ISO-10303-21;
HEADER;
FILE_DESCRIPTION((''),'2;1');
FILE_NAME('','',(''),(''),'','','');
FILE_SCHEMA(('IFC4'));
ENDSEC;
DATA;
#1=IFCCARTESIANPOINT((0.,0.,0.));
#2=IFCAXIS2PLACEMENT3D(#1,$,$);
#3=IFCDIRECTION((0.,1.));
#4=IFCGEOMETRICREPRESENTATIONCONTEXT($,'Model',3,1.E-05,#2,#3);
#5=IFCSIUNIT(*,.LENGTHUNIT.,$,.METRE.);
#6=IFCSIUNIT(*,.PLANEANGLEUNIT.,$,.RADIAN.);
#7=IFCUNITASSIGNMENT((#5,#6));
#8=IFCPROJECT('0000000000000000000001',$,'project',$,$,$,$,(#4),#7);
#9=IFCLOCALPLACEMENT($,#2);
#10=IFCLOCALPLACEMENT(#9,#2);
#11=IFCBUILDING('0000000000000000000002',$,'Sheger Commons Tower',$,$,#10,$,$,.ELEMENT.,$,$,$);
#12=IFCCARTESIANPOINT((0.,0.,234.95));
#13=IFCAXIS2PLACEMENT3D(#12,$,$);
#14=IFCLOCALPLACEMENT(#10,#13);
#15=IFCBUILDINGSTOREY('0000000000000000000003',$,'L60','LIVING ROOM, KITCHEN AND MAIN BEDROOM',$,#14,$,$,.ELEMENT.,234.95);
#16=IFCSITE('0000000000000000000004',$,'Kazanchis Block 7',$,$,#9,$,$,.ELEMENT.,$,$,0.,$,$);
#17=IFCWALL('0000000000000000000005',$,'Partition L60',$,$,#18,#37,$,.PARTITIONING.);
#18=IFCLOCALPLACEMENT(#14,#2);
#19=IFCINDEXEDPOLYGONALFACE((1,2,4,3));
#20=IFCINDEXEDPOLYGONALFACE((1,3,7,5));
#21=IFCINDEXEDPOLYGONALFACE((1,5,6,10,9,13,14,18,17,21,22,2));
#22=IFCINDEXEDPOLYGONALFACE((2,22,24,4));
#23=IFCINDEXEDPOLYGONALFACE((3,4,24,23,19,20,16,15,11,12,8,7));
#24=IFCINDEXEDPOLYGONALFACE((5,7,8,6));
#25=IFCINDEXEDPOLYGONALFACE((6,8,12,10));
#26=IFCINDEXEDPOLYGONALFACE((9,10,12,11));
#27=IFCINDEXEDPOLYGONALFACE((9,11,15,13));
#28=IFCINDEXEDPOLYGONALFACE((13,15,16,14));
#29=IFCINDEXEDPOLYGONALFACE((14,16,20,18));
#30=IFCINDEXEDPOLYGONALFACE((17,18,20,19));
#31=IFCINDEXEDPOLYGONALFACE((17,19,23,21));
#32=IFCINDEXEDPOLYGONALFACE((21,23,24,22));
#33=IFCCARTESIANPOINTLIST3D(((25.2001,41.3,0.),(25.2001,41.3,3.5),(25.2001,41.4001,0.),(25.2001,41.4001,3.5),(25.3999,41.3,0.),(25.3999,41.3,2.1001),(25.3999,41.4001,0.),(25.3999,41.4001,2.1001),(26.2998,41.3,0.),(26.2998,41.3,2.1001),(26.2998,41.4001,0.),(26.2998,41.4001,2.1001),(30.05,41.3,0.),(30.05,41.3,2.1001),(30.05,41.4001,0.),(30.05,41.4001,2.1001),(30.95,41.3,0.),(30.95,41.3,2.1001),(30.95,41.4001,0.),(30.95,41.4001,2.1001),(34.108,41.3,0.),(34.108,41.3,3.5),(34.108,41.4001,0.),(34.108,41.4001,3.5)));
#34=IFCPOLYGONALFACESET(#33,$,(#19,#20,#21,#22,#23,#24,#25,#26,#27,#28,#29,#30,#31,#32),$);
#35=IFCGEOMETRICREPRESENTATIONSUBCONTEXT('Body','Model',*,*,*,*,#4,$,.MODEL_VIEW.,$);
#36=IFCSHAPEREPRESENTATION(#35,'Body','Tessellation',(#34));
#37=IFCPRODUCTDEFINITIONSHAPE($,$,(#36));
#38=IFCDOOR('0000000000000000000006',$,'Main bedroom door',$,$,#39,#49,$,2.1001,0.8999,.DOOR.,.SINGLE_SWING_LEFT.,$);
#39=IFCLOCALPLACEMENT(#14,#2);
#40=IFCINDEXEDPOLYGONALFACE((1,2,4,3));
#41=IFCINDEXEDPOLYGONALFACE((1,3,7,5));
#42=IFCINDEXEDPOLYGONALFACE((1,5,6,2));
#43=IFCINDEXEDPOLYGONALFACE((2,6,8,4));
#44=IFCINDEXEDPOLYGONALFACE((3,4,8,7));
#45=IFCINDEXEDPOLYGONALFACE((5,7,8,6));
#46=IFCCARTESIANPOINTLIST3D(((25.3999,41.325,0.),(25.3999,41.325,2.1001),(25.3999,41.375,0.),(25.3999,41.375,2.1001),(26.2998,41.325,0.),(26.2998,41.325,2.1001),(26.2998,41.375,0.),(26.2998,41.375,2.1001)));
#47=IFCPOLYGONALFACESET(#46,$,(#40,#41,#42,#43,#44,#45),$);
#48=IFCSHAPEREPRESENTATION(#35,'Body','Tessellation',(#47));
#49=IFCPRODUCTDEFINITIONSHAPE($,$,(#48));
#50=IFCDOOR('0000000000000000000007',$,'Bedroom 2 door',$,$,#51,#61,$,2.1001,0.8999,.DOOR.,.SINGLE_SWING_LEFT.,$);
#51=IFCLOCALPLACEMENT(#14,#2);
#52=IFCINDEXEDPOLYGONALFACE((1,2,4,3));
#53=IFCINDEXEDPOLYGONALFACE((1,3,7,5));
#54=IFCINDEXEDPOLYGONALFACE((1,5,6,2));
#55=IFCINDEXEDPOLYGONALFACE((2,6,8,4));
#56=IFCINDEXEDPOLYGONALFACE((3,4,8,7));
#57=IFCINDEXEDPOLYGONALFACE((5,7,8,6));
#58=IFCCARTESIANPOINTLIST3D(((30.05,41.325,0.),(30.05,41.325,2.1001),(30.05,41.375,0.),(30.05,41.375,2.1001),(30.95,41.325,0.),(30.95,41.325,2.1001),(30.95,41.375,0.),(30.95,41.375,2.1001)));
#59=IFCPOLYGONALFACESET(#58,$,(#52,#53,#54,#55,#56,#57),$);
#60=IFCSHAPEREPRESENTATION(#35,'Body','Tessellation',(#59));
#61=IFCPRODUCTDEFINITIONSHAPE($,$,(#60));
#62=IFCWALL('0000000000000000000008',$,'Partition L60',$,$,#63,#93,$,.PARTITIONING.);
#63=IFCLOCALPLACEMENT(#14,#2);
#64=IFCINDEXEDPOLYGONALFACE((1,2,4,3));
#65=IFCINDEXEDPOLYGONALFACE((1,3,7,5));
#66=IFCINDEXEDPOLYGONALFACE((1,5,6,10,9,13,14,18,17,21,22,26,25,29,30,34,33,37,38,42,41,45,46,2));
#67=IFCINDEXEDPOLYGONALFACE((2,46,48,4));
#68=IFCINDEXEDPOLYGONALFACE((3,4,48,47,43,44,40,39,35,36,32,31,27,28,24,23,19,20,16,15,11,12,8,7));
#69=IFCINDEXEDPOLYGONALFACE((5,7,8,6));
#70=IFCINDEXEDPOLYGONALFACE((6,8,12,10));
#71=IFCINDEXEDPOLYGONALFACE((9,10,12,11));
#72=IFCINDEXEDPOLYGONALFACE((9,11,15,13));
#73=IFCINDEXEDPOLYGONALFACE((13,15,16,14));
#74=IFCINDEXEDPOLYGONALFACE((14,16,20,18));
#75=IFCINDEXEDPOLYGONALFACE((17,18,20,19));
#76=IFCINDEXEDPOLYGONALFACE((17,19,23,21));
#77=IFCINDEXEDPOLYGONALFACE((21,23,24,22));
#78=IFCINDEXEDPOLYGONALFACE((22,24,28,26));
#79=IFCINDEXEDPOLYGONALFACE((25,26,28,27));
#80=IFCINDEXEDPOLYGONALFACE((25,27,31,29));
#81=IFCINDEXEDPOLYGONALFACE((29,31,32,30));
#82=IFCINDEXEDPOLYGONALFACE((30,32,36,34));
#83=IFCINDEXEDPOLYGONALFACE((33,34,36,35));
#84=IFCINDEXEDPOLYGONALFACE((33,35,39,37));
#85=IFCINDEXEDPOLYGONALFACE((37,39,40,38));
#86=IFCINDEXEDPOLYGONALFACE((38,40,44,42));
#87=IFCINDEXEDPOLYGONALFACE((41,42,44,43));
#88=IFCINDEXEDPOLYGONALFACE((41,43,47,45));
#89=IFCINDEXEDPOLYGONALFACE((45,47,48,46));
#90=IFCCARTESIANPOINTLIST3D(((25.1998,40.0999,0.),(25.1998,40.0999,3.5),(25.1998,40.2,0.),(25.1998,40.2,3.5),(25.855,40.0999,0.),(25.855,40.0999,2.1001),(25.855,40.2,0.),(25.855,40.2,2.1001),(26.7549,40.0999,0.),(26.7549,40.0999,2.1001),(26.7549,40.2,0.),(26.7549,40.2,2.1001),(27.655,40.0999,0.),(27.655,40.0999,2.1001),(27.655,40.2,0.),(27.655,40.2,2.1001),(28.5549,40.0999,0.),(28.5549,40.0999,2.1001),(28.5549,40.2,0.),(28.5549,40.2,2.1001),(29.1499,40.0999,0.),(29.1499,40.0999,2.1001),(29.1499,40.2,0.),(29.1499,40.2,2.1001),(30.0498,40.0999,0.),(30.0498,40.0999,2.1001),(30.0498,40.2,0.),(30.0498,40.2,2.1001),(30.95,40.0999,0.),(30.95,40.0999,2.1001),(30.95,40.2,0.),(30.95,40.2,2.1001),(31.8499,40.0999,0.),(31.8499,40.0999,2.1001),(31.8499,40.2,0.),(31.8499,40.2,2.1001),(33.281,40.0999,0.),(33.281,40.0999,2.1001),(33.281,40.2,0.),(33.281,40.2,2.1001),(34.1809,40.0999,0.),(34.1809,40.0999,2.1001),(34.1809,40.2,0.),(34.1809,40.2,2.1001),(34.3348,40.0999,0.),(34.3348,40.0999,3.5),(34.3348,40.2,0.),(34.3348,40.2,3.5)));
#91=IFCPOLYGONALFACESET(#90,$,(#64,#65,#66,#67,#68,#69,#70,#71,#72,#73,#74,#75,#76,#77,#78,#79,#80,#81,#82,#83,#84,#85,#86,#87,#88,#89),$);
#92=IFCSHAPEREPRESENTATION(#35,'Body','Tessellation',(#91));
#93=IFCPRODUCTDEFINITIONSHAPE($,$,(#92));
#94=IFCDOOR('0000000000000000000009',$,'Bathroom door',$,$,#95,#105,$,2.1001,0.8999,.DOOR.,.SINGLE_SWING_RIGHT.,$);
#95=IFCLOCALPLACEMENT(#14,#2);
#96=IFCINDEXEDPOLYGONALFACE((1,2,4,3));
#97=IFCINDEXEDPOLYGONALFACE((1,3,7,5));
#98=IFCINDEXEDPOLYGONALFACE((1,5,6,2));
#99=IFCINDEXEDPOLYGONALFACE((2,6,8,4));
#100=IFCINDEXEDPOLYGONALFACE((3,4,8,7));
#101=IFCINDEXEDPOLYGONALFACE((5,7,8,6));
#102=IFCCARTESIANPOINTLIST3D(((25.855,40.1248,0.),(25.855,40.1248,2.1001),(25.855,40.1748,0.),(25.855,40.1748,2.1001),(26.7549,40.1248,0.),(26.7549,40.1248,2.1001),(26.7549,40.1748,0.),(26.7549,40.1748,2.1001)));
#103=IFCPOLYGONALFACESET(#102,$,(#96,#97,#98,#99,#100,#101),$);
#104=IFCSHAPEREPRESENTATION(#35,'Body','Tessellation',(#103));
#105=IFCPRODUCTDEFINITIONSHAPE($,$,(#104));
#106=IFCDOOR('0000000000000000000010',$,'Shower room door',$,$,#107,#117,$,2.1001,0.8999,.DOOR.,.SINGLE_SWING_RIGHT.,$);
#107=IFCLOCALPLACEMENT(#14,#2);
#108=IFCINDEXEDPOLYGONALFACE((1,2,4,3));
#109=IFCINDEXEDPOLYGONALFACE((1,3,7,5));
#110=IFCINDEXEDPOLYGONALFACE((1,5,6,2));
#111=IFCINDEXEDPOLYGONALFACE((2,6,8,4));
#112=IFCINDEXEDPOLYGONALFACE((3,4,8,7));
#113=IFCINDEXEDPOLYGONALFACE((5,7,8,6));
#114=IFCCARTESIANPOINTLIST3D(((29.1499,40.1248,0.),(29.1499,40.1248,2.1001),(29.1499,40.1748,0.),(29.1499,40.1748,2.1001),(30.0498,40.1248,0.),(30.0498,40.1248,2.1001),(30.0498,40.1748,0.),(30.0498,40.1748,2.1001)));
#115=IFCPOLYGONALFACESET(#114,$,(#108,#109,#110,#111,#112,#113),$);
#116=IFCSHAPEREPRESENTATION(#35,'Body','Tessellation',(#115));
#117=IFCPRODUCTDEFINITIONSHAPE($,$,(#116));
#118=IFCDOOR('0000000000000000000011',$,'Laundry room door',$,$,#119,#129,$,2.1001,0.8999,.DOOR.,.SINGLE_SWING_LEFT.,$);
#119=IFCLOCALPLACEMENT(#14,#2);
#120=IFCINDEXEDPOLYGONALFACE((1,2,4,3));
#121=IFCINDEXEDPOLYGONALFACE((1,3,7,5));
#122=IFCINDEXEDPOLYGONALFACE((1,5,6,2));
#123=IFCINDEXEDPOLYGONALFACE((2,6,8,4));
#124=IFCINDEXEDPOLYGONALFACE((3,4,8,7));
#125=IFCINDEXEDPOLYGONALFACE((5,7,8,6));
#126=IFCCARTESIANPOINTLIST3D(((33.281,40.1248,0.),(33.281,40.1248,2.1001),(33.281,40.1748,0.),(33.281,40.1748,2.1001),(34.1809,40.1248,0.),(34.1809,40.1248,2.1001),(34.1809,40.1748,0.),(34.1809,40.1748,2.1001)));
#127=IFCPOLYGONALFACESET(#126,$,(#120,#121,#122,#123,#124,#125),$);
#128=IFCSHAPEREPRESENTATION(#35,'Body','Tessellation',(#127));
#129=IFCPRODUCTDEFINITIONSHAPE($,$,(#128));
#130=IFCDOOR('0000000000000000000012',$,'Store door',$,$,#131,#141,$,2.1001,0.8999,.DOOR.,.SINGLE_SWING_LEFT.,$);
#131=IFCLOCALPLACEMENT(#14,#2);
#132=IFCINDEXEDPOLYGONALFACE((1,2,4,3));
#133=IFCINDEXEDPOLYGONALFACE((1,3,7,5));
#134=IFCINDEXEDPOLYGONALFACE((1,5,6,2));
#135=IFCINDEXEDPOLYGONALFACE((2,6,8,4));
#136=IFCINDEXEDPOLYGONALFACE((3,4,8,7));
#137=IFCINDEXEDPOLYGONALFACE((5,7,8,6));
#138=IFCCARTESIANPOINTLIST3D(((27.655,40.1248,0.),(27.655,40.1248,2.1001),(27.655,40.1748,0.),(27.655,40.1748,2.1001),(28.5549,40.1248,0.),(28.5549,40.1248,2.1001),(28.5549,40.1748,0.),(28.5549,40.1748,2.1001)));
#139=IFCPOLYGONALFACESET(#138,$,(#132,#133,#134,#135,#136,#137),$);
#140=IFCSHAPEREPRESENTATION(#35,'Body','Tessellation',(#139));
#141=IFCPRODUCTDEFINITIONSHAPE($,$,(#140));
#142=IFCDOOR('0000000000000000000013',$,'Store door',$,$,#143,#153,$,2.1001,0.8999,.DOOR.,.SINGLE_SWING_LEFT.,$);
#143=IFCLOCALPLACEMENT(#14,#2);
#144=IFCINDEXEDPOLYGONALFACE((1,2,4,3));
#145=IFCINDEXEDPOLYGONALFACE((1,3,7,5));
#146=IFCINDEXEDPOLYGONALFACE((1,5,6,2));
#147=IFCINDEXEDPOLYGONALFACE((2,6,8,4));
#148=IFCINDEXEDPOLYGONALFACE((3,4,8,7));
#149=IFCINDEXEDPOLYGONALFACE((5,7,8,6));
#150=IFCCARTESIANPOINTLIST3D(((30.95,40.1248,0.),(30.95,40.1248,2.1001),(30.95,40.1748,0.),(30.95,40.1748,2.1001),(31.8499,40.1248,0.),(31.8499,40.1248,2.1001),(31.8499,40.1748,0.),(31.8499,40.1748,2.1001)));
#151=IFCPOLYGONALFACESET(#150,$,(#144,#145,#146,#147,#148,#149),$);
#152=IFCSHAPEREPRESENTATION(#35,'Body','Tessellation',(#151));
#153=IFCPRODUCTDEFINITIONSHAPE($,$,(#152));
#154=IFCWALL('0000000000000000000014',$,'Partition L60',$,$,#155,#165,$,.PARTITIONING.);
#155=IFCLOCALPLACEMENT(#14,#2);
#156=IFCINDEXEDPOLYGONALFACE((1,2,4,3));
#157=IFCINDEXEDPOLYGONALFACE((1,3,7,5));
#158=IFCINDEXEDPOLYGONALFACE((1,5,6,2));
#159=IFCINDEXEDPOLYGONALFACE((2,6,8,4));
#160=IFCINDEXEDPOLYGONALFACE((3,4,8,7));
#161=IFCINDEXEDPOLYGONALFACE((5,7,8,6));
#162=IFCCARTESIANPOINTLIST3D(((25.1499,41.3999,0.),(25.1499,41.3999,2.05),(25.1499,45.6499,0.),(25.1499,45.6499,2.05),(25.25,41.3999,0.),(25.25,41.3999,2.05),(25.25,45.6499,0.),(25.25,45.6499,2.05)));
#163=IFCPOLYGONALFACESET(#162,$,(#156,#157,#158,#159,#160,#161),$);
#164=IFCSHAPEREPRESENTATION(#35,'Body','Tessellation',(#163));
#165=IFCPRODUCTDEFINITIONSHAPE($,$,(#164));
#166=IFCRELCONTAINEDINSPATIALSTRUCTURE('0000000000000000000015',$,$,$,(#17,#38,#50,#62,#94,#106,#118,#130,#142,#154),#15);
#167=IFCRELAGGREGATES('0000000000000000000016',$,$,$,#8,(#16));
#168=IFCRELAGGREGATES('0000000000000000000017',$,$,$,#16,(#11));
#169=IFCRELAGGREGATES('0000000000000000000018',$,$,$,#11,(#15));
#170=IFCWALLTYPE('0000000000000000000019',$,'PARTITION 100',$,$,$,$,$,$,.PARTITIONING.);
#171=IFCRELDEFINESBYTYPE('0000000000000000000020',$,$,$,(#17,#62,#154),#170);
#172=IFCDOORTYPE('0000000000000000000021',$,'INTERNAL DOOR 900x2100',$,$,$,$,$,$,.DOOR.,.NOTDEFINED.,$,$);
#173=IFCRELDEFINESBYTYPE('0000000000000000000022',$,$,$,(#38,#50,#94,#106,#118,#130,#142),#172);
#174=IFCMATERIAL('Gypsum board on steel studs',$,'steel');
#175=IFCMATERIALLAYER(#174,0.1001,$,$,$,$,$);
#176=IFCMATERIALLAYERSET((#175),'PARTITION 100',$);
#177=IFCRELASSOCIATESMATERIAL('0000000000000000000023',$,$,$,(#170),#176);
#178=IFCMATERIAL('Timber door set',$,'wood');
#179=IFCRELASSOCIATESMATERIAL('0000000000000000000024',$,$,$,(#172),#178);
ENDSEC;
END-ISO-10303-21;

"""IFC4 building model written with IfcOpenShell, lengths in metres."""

from ifc_helpers import new_model, si_unit, direction, frame, frame_2d, origin, place, context, subcontext, project, spatial, rectangle, extrude, material, layer, layer_set, type_object, element, fill, save


model = new_model("IFC4")

# Units and contexts
model_context = context("Model", 3, precision=1e-05, world=origin(), true_north=direction((0.0, 1.0)))
body_context = subcontext(model_context, "Body", "Model", "MODEL_VIEW")
ifc_project = project(units=[si_unit("LENGTHUNIT", "METRE"), si_unit("PLANEANGLEUNIT", "RADIAN")], contexts=[model_context])

# Site, building, storey
site_placement = place(None, origin())
site = spatial("IfcSite", under=ifc_project, at=site_placement, Name="Kazanchis Block 7", CompositionType="ELEMENT", RefElevation=0.0)
building_placement = place(site_placement, origin())
building = spatial("IfcBuilding", under=site, at=building_placement, Name="Sheger Commons Tower", CompositionType="ELEMENT")
storey_placement = place(building_placement, frame((0.0, 0.0, 234.95)))
storey = spatial("IfcBuildingStorey", under=building, at=storey_placement, Name="L60", Description="LIVING ROOM, KITCHEN AND MAIN BEDROOM", CompositionType="ELEMENT", Elevation=234.95)

# Walls, openings, doors
ifc_material_1 = material(Name="Gypsum board on steel studs", Category="steel")
ifc_layer_1 = layer(ifc_material_1, 0.1001)
ifc_layer_set_1 = layer_set([ifc_layer_1], Name="PARTITION 100")
wall_type_1 = type_object("IfcWallType", Name="PARTITION 100", PredefinedType="PARTITIONING", material=ifc_layer_set_1)
wall_1_placement = place(storey_placement, frame((25.2, 41.3501, 0.0), z_axis=(0.0, 0.0, 1.0), x_axis=(1.0, 0.0, 0.0)))
wall_1 = element("IfcWall", 1, at=wall_1_placement, inside=storey, type_object=wall_type_1, Name="Partition L60", PredefinedType="PARTITIONING", context=body_context, shape_type="SweptSolid", body=[
    extrude(rectangle(XDim=8.908, YDim=0.1001, at=frame_2d((4.4541, 0.0))), origin(), (0.0, 0.0, 1.0), 3.5),
])
opening_1_placement = place(wall_1_placement, frame((0.2, 0.0, 0.0)))
opening_1 = element("IfcOpeningElement", 2, at=opening_1_placement, cuts=wall_1, PredefinedType="OPENING", context=body_context, shape_type="SweptSolid", body=[
    extrude(rectangle(XDim=0.8999, YDim=2.1001, at=frame_2d((0.45, 1.05))), frame((0.0, 0.0601, 0.0), z_axis=(0.0, -1.0, 0.0), x_axis=(1.0, 0.0, 0.0)), (0.0, 0.0, 1.0), 0.1201),
])
opening_2_placement = place(wall_1_placement, frame((4.8501, 0.0, 0.0)))
opening_2 = element("IfcOpeningElement", 3, at=opening_2_placement, cuts=wall_1, PredefinedType="OPENING", context=body_context, shape_type="SweptSolid", body=[
    extrude(rectangle(XDim=0.8999, YDim=2.1001, at=frame_2d((0.45, 1.05))), frame((0.0, 0.0601, 0.0), z_axis=(0.0, -1.0, 0.0), x_axis=(1.0, 0.0, 0.0)), (0.0, 0.0, 1.0), 0.1201),
])
ifc_material_2 = material(Name="Timber door set", Category="wood")
door_type_1 = type_object("IfcDoorType", Name="INTERNAL DOOR 900x2100", OperationType="NOTDEFINED", PredefinedType="DOOR", material=ifc_material_2)
door_1_placement = place(opening_1_placement, origin())
door_1 = element("IfcDoor", 4, at=door_1_placement, inside=storey, type_object=door_type_1, Name="Main bedroom door", OperationType="SINGLE_SWING_LEFT", OverallHeight=2.1001, OverallWidth=0.8999, PredefinedType="DOOR", context=body_context, shape_type="SweptSolid", body=[
    extrude(rectangle(XDim=0.8999, YDim=2.1001, at=frame_2d((0.45, 1.05))), frame((0.0, 0.0249, 0.0), z_axis=(0.0, -1.0, 0.0), x_axis=(1.0, 0.0, 0.0)), (0.0, 0.0, 1.0), 0.05),
])
fill(opening_1, door_1)
door_2_placement = place(opening_2_placement, origin())
door_2 = element("IfcDoor", 5, at=door_2_placement, inside=storey, type_object=door_type_1, Name="Bedroom 2 door", OperationType="SINGLE_SWING_LEFT", OverallHeight=2.1001, OverallWidth=0.8999, PredefinedType="DOOR", context=body_context, shape_type="SweptSolid", body=[
    extrude(rectangle(XDim=0.8999, YDim=2.1001, at=frame_2d((0.45, 1.05))), frame((0.0, 0.0249, 0.0), z_axis=(0.0, -1.0, 0.0), x_axis=(1.0, 0.0, 0.0)), (0.0, 0.0, 1.0), 0.05),
])
fill(opening_2, door_2)
wall_2_placement = place(storey_placement, frame((25.2, 40.1499, 0.0), z_axis=(0.0, 0.0, 1.0), x_axis=(1.0, 0.0, 0.0)))
wall_2 = element("IfcWall", 6, at=wall_2_placement, inside=storey, type_object=wall_type_1, Name="Partition L60", PredefinedType="PARTITIONING", context=body_context, shape_type="SweptSolid", body=[
    extrude(rectangle(XDim=9.135, YDim=0.1001, at=frame_2d((4.5674, 0.0))), origin(), (0.0, 0.0, 1.0), 3.5),
])
opening_3_placement = place(wall_2_placement, frame((0.655, 0.0, 0.0)))
opening_3 = element("IfcOpeningElement", 7, at=opening_3_placement, cuts=wall_2, PredefinedType="OPENING", context=body_context, shape_type="SweptSolid", body=[
    extrude(rectangle(XDim=0.8999, YDim=2.1001, at=frame_2d((0.45, 1.05))), frame((0.0, 0.0601, 0.0), z_axis=(0.0, -1.0, 0.0), x_axis=(1.0, 0.0, 0.0)), (0.0, 0.0, 1.0), 0.1201),
])
opening_4_placement = place(wall_2_placement, frame((3.95, 0.0, 0.0)))
opening_4 = element("IfcOpeningElement", 8, at=opening_4_placement, cuts=wall_2, PredefinedType="OPENING", context=body_context, shape_type="SweptSolid", body=[
    extrude(rectangle(XDim=0.8999, YDim=2.1001, at=frame_2d((0.45, 1.05))), frame((0.0, 0.0601, 0.0), z_axis=(0.0, -1.0, 0.0), x_axis=(1.0, 0.0, 0.0)), (0.0, 0.0, 1.0), 0.1201),
])
opening_5_placement = place(wall_2_placement, frame((8.0811, 0.0, 0.0)))
opening_5 = element("IfcOpeningElement", 9, at=opening_5_placement, cuts=wall_2, PredefinedType="OPENING", context=body_context, shape_type="SweptSolid", body=[
    extrude(rectangle(XDim=0.8999, YDim=2.1001, at=frame_2d((0.45, 1.05))), frame((0.0, 0.0601, 0.0), z_axis=(0.0, -1.0, 0.0), x_axis=(1.0, 0.0, 0.0)), (0.0, 0.0, 1.0), 0.1201),
])
opening_6_placement = place(wall_2_placement, frame((2.4551, 0.0, 0.0)))
opening_6 = element("IfcOpeningElement", 10, at=opening_6_placement, cuts=wall_2, PredefinedType="OPENING", context=body_context, shape_type="SweptSolid", body=[
    extrude(rectangle(XDim=0.8999, YDim=2.1001, at=frame_2d((0.45, 1.05))), frame((0.0, 0.0601, 0.0), z_axis=(0.0, -1.0, 0.0), x_axis=(1.0, 0.0, 0.0)), (0.0, 0.0, 1.0), 0.1201),
])
opening_7_placement = place(wall_2_placement, frame((5.75, 0.0, 0.0)))
opening_7 = element("IfcOpeningElement", 11, at=opening_7_placement, cuts=wall_2, PredefinedType="OPENING", context=body_context, shape_type="SweptSolid", body=[
    extrude(rectangle(XDim=0.8999, YDim=2.1001, at=frame_2d((0.45, 1.05))), frame((0.0, 0.0601, 0.0), z_axis=(0.0, -1.0, 0.0), x_axis=(1.0, 0.0, 0.0)), (0.0, 0.0, 1.0), 0.1201),
])
door_3_placement = place(opening_3_placement, origin())
door_3 = element("IfcDoor", 12, at=door_3_placement, inside=storey, type_object=door_type_1, Name="Bathroom door", OperationType="SINGLE_SWING_RIGHT", OverallHeight=2.1001, OverallWidth=0.8999, PredefinedType="DOOR", context=body_context, shape_type="SweptSolid", body=[
    extrude(rectangle(XDim=0.8999, YDim=2.1001, at=frame_2d((0.45, 1.05))), frame((0.0, 0.0249, 0.0), z_axis=(0.0, -1.0, 0.0), x_axis=(1.0, 0.0, 0.0)), (0.0, 0.0, 1.0), 0.05),
])
fill(opening_3, door_3)
door_4_placement = place(opening_4_placement, origin())
door_4 = element("IfcDoor", 13, at=door_4_placement, inside=storey, type_object=door_type_1, Name="Shower room door", OperationType="SINGLE_SWING_RIGHT", OverallHeight=2.1001, OverallWidth=0.8999, PredefinedType="DOOR", context=body_context, shape_type="SweptSolid", body=[
    extrude(rectangle(XDim=0.8999, YDim=2.1001, at=frame_2d((0.45, 1.05))), frame((0.0, 0.0249, 0.0), z_axis=(0.0, -1.0, 0.0), x_axis=(1.0, 0.0, 0.0)), (0.0, 0.0, 1.0), 0.05),
])
fill(opening_4, door_4)
door_5_placement = place(opening_5_placement, origin())
door_5 = element("IfcDoor", 14, at=door_5_placement, inside=storey, type_object=door_type_1, Name="Laundry room door", OperationType="SINGLE_SWING_LEFT", OverallHeight=2.1001, OverallWidth=0.8999, PredefinedType="DOOR", context=body_context, shape_type="SweptSolid", body=[
    extrude(rectangle(XDim=0.8999, YDim=2.1001, at=frame_2d((0.45, 1.05))), frame((0.0, 0.0249, 0.0), z_axis=(0.0, -1.0, 0.0), x_axis=(1.0, 0.0, 0.0)), (0.0, 0.0, 1.0), 0.05),
])
fill(opening_5, door_5)
door_6_placement = place(opening_6_placement, origin())
door_6 = element("IfcDoor", 15, at=door_6_placement, inside=storey, type_object=door_type_1, Name="Store door", OperationType="SINGLE_SWING_LEFT", OverallHeight=2.1001, OverallWidth=0.8999, PredefinedType="DOOR", context=body_context, shape_type="SweptSolid", body=[
    extrude(rectangle(XDim=0.8999, YDim=2.1001, at=frame_2d((0.45, 1.05))), frame((0.0, 0.0249, 0.0), z_axis=(0.0, -1.0, 0.0), x_axis=(1.0, 0.0, 0.0)), (0.0, 0.0, 1.0), 0.05),
])
fill(opening_6, door_6)
door_7_placement = place(opening_7_placement, origin())
door_7 = element("IfcDoor", 16, at=door_7_placement, inside=storey, type_object=door_type_1, Name="Store door", OperationType="SINGLE_SWING_LEFT", OverallHeight=2.1001, OverallWidth=0.8999, PredefinedType="DOOR", context=body_context, shape_type="SweptSolid", body=[
    extrude(rectangle(XDim=0.8999, YDim=2.1001, at=frame_2d((0.45, 1.05))), frame((0.0, 0.0249, 0.0), z_axis=(0.0, -1.0, 0.0), x_axis=(1.0, 0.0, 0.0)), (0.0, 0.0, 1.0), 0.05),
])
fill(opening_7, door_7)

# Wall
wall_3_placement = place(storey_placement, frame((25.2, 41.3999, 0.0), z_axis=(0.0, 0.0, 1.0), x_axis=(0.0, 1.0, 0.0)))
element("IfcWall", 17, at=wall_3_placement, inside=storey, type_object=wall_type_1, Name="Partition L60", PredefinedType="PARTITIONING", context=body_context, shape_type="SweptSolid", body=[
    extrude(rectangle(XDim=4.25, YDim=0.1001, at=frame_2d((2.125, 0.0))), origin(), (0.0, 0.0, 1.0), 2.05),
])

save(model, "model.ifc")
